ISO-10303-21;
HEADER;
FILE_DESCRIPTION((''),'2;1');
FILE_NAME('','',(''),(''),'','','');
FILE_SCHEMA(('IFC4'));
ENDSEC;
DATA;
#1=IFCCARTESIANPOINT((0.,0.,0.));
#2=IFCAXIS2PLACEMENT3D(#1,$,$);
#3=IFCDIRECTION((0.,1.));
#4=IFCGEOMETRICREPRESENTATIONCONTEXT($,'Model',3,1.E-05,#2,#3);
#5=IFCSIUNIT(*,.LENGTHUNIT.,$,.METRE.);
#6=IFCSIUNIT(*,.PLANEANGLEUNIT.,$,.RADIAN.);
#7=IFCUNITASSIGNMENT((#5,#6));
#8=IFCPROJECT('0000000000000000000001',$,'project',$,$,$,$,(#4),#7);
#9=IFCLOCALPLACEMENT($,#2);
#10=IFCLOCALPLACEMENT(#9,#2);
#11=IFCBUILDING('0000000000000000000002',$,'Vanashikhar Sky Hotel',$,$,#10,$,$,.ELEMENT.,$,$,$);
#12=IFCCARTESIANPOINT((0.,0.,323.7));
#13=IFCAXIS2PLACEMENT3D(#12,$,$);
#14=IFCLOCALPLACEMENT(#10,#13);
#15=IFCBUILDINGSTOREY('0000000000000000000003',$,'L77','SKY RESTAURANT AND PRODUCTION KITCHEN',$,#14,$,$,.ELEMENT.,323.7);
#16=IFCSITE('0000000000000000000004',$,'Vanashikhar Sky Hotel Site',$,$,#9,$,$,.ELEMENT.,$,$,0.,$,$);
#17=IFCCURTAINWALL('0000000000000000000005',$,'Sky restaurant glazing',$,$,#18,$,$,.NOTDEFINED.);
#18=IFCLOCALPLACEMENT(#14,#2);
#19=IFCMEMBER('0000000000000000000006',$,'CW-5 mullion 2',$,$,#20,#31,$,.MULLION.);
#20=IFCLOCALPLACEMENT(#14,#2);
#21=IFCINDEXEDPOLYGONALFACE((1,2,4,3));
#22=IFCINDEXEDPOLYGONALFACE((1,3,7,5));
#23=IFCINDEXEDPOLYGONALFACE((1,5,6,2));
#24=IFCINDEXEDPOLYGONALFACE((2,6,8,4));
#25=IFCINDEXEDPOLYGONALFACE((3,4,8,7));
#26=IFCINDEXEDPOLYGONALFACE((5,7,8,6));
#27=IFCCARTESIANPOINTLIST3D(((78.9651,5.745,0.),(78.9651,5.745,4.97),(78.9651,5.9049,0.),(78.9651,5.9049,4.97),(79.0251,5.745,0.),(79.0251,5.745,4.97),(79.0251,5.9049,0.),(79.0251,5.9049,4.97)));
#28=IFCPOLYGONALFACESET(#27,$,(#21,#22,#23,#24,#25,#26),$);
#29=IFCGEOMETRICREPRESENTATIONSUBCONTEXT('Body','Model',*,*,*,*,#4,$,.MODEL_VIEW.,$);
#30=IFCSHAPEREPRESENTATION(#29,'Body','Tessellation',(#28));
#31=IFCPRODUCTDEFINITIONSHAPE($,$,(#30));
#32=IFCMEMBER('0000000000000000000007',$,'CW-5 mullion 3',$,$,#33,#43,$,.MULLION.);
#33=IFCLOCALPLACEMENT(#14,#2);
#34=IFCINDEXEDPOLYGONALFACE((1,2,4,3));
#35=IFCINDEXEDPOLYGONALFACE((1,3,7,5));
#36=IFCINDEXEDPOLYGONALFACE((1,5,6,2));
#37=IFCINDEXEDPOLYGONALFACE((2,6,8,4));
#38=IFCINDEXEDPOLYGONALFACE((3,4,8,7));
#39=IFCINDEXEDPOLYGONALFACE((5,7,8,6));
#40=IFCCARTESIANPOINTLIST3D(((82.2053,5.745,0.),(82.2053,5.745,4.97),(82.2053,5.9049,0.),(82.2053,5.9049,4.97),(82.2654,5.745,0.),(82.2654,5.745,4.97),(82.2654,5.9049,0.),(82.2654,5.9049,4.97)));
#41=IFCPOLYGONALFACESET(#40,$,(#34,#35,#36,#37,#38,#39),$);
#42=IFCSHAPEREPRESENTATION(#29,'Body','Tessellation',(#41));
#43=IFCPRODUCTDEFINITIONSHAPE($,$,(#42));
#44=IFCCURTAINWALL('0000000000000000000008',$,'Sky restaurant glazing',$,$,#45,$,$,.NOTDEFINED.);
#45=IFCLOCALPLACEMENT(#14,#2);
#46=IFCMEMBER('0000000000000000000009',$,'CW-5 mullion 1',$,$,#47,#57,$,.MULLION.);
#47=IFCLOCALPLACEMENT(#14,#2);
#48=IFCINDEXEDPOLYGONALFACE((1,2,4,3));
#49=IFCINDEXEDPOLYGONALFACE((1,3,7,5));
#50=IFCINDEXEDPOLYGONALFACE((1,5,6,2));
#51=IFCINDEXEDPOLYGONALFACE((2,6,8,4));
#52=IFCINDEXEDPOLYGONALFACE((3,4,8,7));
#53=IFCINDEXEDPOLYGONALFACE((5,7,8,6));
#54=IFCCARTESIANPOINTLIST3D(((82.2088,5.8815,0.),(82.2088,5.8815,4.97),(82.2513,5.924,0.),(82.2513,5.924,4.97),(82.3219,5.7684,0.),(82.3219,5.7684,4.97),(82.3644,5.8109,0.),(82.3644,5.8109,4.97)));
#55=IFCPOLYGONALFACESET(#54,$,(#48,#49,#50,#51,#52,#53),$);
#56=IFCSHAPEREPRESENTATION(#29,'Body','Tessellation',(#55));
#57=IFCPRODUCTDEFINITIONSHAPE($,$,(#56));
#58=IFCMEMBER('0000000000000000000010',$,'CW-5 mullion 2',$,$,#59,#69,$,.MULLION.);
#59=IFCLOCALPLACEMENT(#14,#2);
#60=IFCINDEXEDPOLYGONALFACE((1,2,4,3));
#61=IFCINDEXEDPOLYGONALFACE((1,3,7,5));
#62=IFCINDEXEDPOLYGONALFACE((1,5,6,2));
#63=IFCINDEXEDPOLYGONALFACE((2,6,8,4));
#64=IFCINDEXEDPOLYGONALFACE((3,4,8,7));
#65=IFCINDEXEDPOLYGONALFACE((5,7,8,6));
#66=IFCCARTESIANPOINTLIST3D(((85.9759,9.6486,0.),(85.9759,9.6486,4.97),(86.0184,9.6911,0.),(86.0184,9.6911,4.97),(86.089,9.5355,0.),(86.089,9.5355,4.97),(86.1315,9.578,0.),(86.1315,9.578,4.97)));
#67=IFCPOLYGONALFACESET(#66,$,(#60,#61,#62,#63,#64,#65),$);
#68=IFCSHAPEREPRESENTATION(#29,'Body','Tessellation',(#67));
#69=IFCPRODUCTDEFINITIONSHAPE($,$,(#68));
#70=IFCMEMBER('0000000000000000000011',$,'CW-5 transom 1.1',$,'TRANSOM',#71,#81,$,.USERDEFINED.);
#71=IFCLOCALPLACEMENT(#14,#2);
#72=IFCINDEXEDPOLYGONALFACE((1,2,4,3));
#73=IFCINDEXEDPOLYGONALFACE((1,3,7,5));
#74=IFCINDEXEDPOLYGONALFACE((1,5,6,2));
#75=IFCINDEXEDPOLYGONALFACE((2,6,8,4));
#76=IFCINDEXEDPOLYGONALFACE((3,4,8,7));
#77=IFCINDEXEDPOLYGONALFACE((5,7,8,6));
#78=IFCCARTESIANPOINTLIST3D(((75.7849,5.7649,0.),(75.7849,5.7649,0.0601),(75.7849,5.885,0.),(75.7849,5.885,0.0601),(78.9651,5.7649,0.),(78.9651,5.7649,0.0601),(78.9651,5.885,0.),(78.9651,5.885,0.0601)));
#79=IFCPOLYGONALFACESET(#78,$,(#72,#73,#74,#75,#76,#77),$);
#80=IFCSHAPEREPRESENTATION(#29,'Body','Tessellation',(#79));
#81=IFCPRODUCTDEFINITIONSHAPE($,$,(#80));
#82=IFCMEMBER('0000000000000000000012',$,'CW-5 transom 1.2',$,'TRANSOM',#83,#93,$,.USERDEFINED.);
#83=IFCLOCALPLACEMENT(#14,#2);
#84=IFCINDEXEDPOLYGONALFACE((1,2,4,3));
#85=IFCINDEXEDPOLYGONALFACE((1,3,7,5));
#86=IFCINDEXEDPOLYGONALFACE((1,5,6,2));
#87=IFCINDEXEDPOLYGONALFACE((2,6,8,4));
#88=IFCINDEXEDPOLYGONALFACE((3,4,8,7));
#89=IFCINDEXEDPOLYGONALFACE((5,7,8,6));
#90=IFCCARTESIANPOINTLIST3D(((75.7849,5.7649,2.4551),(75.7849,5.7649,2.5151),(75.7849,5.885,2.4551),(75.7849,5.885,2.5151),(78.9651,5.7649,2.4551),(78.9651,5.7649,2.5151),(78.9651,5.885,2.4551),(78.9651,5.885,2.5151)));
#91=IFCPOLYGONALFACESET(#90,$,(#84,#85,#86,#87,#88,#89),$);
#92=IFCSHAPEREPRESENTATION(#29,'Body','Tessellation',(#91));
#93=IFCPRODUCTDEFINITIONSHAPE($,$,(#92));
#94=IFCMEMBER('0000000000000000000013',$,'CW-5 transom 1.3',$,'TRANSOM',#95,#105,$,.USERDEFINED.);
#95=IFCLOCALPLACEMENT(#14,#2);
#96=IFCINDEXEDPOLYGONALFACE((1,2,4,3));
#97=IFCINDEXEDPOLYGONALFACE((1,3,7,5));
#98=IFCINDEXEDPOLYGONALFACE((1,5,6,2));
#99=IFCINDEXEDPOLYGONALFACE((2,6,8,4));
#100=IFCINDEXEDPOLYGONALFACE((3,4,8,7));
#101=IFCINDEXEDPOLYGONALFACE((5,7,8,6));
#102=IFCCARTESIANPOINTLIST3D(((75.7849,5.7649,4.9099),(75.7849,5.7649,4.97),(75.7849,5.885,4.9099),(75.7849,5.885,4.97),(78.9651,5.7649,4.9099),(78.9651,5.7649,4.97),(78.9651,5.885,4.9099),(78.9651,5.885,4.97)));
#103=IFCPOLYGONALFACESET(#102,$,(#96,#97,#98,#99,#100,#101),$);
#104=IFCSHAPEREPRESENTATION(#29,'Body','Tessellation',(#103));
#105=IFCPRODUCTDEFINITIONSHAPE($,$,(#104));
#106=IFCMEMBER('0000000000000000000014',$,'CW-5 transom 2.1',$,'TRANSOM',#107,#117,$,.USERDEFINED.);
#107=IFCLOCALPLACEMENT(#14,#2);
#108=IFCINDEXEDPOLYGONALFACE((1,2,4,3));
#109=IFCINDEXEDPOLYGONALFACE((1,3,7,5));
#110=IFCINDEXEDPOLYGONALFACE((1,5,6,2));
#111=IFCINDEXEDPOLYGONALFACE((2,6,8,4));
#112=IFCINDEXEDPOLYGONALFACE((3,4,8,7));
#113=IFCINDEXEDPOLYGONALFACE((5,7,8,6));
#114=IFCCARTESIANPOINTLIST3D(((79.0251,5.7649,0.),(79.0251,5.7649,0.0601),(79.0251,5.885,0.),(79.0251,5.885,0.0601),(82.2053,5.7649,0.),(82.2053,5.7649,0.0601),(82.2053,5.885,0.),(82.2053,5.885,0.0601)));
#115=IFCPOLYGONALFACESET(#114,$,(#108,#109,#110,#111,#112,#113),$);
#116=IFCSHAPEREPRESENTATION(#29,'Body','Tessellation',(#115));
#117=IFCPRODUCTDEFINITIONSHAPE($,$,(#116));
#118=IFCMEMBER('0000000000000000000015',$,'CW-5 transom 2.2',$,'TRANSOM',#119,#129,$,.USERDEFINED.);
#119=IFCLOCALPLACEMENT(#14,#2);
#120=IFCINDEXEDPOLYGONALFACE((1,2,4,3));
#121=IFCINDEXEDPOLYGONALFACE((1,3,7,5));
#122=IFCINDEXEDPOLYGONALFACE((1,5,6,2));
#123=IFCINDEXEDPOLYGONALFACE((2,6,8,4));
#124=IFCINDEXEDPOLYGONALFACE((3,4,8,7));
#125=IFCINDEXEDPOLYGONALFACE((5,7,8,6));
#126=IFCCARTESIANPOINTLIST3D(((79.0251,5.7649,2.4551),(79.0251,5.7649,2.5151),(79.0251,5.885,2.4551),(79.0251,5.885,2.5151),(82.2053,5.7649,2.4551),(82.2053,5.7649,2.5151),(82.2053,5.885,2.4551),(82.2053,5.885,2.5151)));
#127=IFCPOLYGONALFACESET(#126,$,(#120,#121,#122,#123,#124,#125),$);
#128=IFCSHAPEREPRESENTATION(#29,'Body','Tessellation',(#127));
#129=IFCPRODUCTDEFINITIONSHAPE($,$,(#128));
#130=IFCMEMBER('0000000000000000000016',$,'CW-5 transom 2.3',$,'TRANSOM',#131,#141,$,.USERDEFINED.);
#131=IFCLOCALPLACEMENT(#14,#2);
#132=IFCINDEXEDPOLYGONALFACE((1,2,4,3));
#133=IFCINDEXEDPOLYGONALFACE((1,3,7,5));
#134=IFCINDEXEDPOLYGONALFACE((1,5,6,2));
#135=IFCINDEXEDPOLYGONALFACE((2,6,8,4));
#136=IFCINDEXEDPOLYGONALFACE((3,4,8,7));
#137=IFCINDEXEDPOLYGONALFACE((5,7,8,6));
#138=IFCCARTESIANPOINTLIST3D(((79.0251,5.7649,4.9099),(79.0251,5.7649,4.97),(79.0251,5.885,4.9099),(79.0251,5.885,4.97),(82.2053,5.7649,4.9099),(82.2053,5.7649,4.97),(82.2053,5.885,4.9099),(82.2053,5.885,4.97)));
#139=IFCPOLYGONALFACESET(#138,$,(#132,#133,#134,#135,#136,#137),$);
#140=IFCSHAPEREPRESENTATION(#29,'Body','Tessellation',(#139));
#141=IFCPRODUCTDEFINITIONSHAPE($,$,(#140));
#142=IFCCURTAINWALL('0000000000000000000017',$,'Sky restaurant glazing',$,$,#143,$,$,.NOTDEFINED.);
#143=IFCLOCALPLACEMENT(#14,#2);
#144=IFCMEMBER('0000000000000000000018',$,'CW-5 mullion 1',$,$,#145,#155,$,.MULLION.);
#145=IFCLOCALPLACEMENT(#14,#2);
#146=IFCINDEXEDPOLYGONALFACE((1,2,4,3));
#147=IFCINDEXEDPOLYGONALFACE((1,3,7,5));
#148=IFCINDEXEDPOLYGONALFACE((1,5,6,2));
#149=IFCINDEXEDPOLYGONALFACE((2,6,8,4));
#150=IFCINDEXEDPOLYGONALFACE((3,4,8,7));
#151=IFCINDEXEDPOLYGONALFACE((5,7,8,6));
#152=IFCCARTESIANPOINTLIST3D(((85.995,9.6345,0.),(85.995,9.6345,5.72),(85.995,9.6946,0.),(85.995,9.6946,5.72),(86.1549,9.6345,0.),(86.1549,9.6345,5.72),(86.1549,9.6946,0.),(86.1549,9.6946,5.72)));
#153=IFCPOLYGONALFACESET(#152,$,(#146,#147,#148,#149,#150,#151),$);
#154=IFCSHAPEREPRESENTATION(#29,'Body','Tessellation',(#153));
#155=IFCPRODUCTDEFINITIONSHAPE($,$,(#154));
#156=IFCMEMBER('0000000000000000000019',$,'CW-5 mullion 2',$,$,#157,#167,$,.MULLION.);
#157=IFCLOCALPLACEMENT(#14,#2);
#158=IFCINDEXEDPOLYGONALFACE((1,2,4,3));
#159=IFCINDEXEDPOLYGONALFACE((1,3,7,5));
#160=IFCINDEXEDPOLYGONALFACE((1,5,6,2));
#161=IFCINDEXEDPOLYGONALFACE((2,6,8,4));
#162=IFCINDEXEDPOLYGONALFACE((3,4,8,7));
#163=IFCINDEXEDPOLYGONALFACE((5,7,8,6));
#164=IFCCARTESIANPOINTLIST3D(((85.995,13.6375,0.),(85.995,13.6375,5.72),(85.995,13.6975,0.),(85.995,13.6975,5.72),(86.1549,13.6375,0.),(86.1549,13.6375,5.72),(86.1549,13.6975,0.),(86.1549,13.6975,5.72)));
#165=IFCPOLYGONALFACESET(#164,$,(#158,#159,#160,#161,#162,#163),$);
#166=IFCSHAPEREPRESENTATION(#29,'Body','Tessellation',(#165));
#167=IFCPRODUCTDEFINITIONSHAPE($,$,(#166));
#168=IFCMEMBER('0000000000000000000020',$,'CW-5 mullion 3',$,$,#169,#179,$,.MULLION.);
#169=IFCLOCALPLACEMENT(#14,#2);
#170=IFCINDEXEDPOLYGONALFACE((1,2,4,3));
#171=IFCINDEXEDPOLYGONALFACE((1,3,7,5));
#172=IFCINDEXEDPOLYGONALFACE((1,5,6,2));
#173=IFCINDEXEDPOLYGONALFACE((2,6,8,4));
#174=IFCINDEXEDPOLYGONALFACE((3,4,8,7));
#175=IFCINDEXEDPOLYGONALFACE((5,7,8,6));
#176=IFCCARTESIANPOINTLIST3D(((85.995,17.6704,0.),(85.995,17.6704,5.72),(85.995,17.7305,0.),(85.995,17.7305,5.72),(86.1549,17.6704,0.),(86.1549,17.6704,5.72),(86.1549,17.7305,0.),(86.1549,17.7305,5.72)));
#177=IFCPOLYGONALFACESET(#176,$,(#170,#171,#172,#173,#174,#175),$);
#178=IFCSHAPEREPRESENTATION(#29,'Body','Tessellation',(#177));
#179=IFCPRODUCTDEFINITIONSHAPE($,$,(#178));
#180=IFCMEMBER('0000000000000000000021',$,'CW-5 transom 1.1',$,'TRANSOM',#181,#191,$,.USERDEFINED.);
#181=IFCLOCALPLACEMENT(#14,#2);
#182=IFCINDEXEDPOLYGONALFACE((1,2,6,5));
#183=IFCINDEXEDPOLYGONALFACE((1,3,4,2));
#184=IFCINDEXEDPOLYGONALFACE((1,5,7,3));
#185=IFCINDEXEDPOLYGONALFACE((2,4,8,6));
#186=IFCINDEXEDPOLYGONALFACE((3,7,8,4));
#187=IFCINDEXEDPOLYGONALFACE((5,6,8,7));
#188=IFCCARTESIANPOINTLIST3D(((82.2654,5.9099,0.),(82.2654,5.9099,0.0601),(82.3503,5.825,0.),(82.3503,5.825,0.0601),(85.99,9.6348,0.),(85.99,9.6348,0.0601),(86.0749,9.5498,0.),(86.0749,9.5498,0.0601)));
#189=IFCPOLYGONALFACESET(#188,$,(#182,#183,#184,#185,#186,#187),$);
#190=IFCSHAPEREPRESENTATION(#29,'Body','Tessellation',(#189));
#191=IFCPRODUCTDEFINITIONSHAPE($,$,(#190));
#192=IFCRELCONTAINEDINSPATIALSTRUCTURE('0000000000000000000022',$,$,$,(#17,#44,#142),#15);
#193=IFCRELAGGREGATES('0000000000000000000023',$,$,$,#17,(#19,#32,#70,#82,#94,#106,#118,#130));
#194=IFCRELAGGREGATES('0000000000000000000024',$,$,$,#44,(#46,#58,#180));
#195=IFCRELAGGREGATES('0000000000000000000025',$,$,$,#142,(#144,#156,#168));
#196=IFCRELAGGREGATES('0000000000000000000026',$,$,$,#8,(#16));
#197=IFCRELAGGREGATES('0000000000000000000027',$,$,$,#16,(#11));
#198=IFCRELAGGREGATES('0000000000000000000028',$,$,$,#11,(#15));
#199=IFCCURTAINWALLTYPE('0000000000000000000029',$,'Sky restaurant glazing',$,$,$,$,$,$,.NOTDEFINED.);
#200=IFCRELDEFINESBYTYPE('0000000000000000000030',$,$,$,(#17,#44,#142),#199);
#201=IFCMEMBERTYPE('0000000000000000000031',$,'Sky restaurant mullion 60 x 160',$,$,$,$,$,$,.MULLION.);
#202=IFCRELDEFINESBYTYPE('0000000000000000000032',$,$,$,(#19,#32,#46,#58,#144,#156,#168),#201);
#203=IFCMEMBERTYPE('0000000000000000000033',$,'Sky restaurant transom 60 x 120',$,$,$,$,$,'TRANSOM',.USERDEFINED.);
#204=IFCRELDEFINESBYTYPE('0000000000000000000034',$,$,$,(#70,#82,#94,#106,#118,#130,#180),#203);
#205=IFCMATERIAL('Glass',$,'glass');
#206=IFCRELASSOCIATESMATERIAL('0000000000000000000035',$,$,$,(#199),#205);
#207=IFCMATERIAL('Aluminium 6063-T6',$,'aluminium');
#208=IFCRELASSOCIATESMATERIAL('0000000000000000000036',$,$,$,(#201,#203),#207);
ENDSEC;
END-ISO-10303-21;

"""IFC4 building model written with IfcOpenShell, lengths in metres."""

from ifc_helpers import new_model, si_unit, direction, frame, origin, origin_2d, place, context, subcontext, project, spatial, rectangle, extrude, source, transform, mapped, material, material_profile, profile_set, type_object, element, aggregate, save


model = new_model("IFC4")

# Units and contexts
model_context = context("Model", 3, precision=1e-05, world=origin(), true_north=direction((0.0, 1.0)))
body_context = subcontext(model_context, "Body", "Model", "MODEL_VIEW")
ifc_project = project(units=[si_unit("LENGTHUNIT", "METRE"), si_unit("PLANEANGLEUNIT", "RADIAN")], contexts=[model_context])

# Site, building, storey
site_placement = place(None, origin())
site = spatial("IfcSite", under=ifc_project, at=site_placement, Name="Vanashikhar Sky Hotel Site", CompositionType="ELEMENT", RefElevation=0.0)
building_placement = place(site_placement, origin())
building = spatial("IfcBuilding", under=site, at=building_placement, Name="Vanashikhar Sky Hotel", CompositionType="ELEMENT")
storey_placement = place(building_placement, frame((0.0, 0.0, 323.7)))
storey = spatial("IfcBuildingStorey", under=building, at=storey_placement, Name="L77", Description="SKY RESTAURANT AND PRODUCTION KITCHEN", CompositionType="ELEMENT", Elevation=323.7)

# Curtain walls, members
ifc_material_1 = material(Name="Glass", Category="glass")
curtain_wall_type = type_object("IfcCurtainWallType", Name="Sky restaurant glazing", PredefinedType="NOTDEFINED", material=ifc_material_1)
curtain_wall_1_placement = place(storey_placement, origin())
curtain_wall_1 = element("IfcCurtainWall", 1, at=curtain_wall_1_placement, inside=storey, type_object=curtain_wall_type, Name="Sky restaurant glazing", PredefinedType="NOTDEFINED")
ifc_material_2 = material(Name="Aluminium 6063-T6", Category="aluminium")
ifc_material_profile_1 = material_profile(ifc_material_2, rectangle(XDim=0.1599, YDim=0.0601, at=origin_2d()))
ifc_profile_set_1 = profile_set([ifc_material_profile_1], Name="Aluminium 6063-T6")
member_type_1 = type_object("IfcMemberType", Name="Sky restaurant mullion 60 x 160", PredefinedType="MULLION", material=ifc_profile_set_1)
shared_shape_1 = source(origin(), body_context, "Body", "SweptSolid", [
    extrude(rectangle(XDim=0.1599, YDim=0.0601, at=origin_2d()), origin(), (0.0, 0.0, 1.0), 4.97),
])
member_1_placement = place(storey_placement, frame((78.9951, 5.825, 0.0), z_axis=(0.0, 0.0, 1.0), x_axis=(0.0, 1.0, 0.0)))
member_1 = element("IfcMember", 2, at=member_1_placement, type_object=member_type_1, Name="CW-5 mullion 2", PredefinedType="MULLION", context=body_context, shape_type="MappedRepresentation", body=[
    mapped(shared_shape_1, transform((0.0, 0.0, 0.0), scale=1.0)),
])
member_2_placement = place(storey_placement, frame((82.2354, 5.825, 0.0), z_axis=(0.0, 0.0, 1.0), x_axis=(0.0, 1.0, 0.0)))
member_2 = element("IfcMember", 3, at=member_2_placement, type_object=member_type_1, Name="CW-5 mullion 3", PredefinedType="MULLION", context=body_context, shape_type="MappedRepresentation", body=[
    mapped(shared_shape_1, transform((0.0, 0.0, 0.0), scale=1.0)),
])
curtain_wall_2_placement = place(storey_placement, origin())
curtain_wall_2 = element("IfcCurtainWall", 4, at=curtain_wall_2_placement, inside=storey, type_object=curtain_wall_type, Name="Sky restaurant glazing", PredefinedType="NOTDEFINED")
member_3_placement = place(storey_placement, frame((82.2866, 5.8462, 0.0), z_axis=(0.0, 0.0, 1.0), x_axis=(-0.707107, 0.707107, 0.0)))
member_3 = element("IfcMember", 5, at=member_3_placement, type_object=member_type_1, Name="CW-5 mullion 1", PredefinedType="MULLION", context=body_context, shape_type="MappedRepresentation", body=[
    mapped(shared_shape_1, transform((0.0, 0.0, 0.0), scale=1.0)),
])
member_4_placement = place(storey_placement, frame((86.0537, 9.6133, 0.0), z_axis=(0.0, 0.0, 1.0), x_axis=(-0.707107, 0.707107, 0.0)))
member_4 = element("IfcMember", 6, at=member_4_placement, type_object=member_type_1, Name="CW-5 mullion 2", PredefinedType="MULLION", context=body_context, shape_type="MappedRepresentation", body=[
    mapped(shared_shape_1, transform((0.0, 0.0, 0.0), scale=1.0)),
])

# Members
ifc_material_profile_2 = material_profile(ifc_material_2, rectangle(XDim=0.1201, YDim=0.0601, at=origin_2d()))
ifc_profile_set_2 = profile_set([ifc_material_profile_2], Name="Aluminium 6063-T6")
member_type_2 = type_object("IfcMemberType", Name="Sky restaurant transom 60 x 120", ElementType="TRANSOM", PredefinedType="USERDEFINED", material=ifc_profile_set_2)
shared_shape_2 = source(origin(), body_context, "Body", "SweptSolid", [
    extrude(rectangle(XDim=0.1201, YDim=0.0601, at=origin_2d()), origin(), (0.0, 0.0, 1.0), 3.1802),
])
member_5_placement = place(storey_placement, frame((75.7849, 5.825, 0.03), z_axis=(1.0, 0.0, 0.0), x_axis=(0.0, 1.0, 0.0)))
member_5 = element("IfcMember", 7, at=member_5_placement, type_object=member_type_2, Name="CW-5 transom 1.1", ObjectType="TRANSOM", PredefinedType="USERDEFINED", context=body_context, shape_type="MappedRepresentation", body=[
    mapped(shared_shape_2, transform((0.0, 0.0, 0.0), scale=1.0)),
])
member_6_placement = place(storey_placement, frame((75.7849, 5.825, 2.4851), z_axis=(1.0, 0.0, 0.0), x_axis=(0.0, 1.0, 0.0)))
member_6 = element("IfcMember", 8, at=member_6_placement, type_object=member_type_2, Name="CW-5 transom 1.2", ObjectType="TRANSOM", PredefinedType="USERDEFINED", context=body_context, shape_type="MappedRepresentation", body=[
    mapped(shared_shape_2, transform((0.0, 0.0, 0.0), scale=1.0)),
])
member_7_placement = place(storey_placement, frame((75.7849, 5.825, 4.9399), z_axis=(1.0, 0.0, 0.0), x_axis=(0.0, 1.0, 0.0)))
member_7 = element("IfcMember", 9, at=member_7_placement, type_object=member_type_2, Name="CW-5 transom 1.3", ObjectType="TRANSOM", PredefinedType="USERDEFINED", context=body_context, shape_type="MappedRepresentation", body=[
    mapped(shared_shape_2, transform((0.0, 0.0, 0.0), scale=1.0)),
])
member_8_placement = place(storey_placement, frame((79.0251, 5.825, 0.03), z_axis=(1.0, 0.0, 0.0), x_axis=(0.0, 1.0, 0.0)))
member_8 = element("IfcMember", 10, at=member_8_placement, type_object=member_type_2, Name="CW-5 transom 2.1", ObjectType="TRANSOM", PredefinedType="USERDEFINED", context=body_context, shape_type="MappedRepresentation", body=[
    mapped(shared_shape_2, transform((0.0, 0.0, 0.0), scale=1.0)),
])
member_9_placement = place(storey_placement, frame((79.0251, 5.825, 2.4851), z_axis=(1.0, 0.0, 0.0), x_axis=(0.0, 1.0, 0.0)))
member_9 = element("IfcMember", 11, at=member_9_placement, type_object=member_type_2, Name="CW-5 transom 2.2", ObjectType="TRANSOM", PredefinedType="USERDEFINED", context=body_context, shape_type="MappedRepresentation", body=[
    mapped(shared_shape_2, transform((0.0, 0.0, 0.0), scale=1.0)),
])
member_10_placement = place(storey_placement, frame((79.0251, 5.825, 4.9399), z_axis=(1.0, 0.0, 0.0), x_axis=(0.0, 1.0, 0.0)))
member_10 = element("IfcMember", 12, at=member_10_placement, type_object=member_type_2, Name="CW-5 transom 2.3", ObjectType="TRANSOM", PredefinedType="USERDEFINED", context=body_context, shape_type="MappedRepresentation", body=[
    mapped(shared_shape_2, transform((0.0, 0.0, 0.0), scale=1.0)),
])

# Curtain wall, members
curtain_wall_3_placement = place(storey_placement, origin())
curtain_wall_3 = element("IfcCurtainWall", 13, at=curtain_wall_3_placement, inside=storey, type_object=curtain_wall_type, Name="Sky restaurant glazing", PredefinedType="NOTDEFINED")
shared_shape_3 = source(origin(), body_context, "Body", "SweptSolid", [
    extrude(rectangle(XDim=0.1599, YDim=0.0601, at=origin_2d()), origin(), (0.0, 0.0, 1.0), 5.72),
])
member_11_placement = place(storey_placement, frame((86.075, 9.6646, 0.0), z_axis=(0.0, 0.0, 1.0), x_axis=(-1.0, 0.0, 0.0)))
member_11 = element("IfcMember", 14, at=member_11_placement, type_object=member_type_1, Name="CW-5 mullion 1", PredefinedType="MULLION", context=body_context, shape_type="MappedRepresentation", body=[
    mapped(shared_shape_3, transform((0.0, 0.0, 0.0), scale=1.0)),
])
member_12_placement = place(storey_placement, frame((86.075, 13.6675, 0.0), z_axis=(0.0, 0.0, 1.0), x_axis=(-1.0, 0.0, 0.0)))
member_12 = element("IfcMember", 15, at=member_12_placement, type_object=member_type_1, Name="CW-5 mullion 2", PredefinedType="MULLION", context=body_context, shape_type="MappedRepresentation", body=[
    mapped(shared_shape_3, transform((0.0, 0.0, 0.0), scale=1.0)),
])
member_13_placement = place(storey_placement, frame((86.075, 17.7004, 0.0), z_axis=(0.0, 0.0, 1.0), x_axis=(-1.0, 0.0, 0.0)))
member_13 = element("IfcMember", 16, at=member_13_placement, type_object=member_type_1, Name="CW-5 mullion 3", PredefinedType="MULLION", context=body_context, shape_type="MappedRepresentation", body=[
    mapped(shared_shape_3, transform((0.0, 0.0, 0.0), scale=1.0)),
])

# Member
shared_shape_4 = source(origin(), body_context, "Body", "SweptSolid", [
    extrude(rectangle(XDim=0.1201, YDim=0.0601, at=origin_2d()), origin(), (0.0, 0.0, 1.0), 5.2676),
])
member_14_placement = place(storey_placement, frame((82.3079, 5.8674, 0.03), z_axis=(0.707084, 0.70713, 0.0), x_axis=(-0.70713, 0.707084, 0.0)))
member_14 = element("IfcMember", 17, at=member_14_placement, type_object=member_type_2, Name="CW-5 transom 1.1", ObjectType="TRANSOM", PredefinedType="USERDEFINED", context=body_context, shape_type="MappedRepresentation", body=[
    mapped(shared_shape_4, transform((0.0, 0.0, 0.0), scale=1.0)),
])

aggregate(curtain_wall_1, [member_1, member_2, member_5, member_6, member_7, member_8, member_9, member_10])
aggregate(curtain_wall_2, [member_3, member_4, member_14])
aggregate(curtain_wall_3, [member_11, member_12, member_13])

save(model, "model.ifc")
